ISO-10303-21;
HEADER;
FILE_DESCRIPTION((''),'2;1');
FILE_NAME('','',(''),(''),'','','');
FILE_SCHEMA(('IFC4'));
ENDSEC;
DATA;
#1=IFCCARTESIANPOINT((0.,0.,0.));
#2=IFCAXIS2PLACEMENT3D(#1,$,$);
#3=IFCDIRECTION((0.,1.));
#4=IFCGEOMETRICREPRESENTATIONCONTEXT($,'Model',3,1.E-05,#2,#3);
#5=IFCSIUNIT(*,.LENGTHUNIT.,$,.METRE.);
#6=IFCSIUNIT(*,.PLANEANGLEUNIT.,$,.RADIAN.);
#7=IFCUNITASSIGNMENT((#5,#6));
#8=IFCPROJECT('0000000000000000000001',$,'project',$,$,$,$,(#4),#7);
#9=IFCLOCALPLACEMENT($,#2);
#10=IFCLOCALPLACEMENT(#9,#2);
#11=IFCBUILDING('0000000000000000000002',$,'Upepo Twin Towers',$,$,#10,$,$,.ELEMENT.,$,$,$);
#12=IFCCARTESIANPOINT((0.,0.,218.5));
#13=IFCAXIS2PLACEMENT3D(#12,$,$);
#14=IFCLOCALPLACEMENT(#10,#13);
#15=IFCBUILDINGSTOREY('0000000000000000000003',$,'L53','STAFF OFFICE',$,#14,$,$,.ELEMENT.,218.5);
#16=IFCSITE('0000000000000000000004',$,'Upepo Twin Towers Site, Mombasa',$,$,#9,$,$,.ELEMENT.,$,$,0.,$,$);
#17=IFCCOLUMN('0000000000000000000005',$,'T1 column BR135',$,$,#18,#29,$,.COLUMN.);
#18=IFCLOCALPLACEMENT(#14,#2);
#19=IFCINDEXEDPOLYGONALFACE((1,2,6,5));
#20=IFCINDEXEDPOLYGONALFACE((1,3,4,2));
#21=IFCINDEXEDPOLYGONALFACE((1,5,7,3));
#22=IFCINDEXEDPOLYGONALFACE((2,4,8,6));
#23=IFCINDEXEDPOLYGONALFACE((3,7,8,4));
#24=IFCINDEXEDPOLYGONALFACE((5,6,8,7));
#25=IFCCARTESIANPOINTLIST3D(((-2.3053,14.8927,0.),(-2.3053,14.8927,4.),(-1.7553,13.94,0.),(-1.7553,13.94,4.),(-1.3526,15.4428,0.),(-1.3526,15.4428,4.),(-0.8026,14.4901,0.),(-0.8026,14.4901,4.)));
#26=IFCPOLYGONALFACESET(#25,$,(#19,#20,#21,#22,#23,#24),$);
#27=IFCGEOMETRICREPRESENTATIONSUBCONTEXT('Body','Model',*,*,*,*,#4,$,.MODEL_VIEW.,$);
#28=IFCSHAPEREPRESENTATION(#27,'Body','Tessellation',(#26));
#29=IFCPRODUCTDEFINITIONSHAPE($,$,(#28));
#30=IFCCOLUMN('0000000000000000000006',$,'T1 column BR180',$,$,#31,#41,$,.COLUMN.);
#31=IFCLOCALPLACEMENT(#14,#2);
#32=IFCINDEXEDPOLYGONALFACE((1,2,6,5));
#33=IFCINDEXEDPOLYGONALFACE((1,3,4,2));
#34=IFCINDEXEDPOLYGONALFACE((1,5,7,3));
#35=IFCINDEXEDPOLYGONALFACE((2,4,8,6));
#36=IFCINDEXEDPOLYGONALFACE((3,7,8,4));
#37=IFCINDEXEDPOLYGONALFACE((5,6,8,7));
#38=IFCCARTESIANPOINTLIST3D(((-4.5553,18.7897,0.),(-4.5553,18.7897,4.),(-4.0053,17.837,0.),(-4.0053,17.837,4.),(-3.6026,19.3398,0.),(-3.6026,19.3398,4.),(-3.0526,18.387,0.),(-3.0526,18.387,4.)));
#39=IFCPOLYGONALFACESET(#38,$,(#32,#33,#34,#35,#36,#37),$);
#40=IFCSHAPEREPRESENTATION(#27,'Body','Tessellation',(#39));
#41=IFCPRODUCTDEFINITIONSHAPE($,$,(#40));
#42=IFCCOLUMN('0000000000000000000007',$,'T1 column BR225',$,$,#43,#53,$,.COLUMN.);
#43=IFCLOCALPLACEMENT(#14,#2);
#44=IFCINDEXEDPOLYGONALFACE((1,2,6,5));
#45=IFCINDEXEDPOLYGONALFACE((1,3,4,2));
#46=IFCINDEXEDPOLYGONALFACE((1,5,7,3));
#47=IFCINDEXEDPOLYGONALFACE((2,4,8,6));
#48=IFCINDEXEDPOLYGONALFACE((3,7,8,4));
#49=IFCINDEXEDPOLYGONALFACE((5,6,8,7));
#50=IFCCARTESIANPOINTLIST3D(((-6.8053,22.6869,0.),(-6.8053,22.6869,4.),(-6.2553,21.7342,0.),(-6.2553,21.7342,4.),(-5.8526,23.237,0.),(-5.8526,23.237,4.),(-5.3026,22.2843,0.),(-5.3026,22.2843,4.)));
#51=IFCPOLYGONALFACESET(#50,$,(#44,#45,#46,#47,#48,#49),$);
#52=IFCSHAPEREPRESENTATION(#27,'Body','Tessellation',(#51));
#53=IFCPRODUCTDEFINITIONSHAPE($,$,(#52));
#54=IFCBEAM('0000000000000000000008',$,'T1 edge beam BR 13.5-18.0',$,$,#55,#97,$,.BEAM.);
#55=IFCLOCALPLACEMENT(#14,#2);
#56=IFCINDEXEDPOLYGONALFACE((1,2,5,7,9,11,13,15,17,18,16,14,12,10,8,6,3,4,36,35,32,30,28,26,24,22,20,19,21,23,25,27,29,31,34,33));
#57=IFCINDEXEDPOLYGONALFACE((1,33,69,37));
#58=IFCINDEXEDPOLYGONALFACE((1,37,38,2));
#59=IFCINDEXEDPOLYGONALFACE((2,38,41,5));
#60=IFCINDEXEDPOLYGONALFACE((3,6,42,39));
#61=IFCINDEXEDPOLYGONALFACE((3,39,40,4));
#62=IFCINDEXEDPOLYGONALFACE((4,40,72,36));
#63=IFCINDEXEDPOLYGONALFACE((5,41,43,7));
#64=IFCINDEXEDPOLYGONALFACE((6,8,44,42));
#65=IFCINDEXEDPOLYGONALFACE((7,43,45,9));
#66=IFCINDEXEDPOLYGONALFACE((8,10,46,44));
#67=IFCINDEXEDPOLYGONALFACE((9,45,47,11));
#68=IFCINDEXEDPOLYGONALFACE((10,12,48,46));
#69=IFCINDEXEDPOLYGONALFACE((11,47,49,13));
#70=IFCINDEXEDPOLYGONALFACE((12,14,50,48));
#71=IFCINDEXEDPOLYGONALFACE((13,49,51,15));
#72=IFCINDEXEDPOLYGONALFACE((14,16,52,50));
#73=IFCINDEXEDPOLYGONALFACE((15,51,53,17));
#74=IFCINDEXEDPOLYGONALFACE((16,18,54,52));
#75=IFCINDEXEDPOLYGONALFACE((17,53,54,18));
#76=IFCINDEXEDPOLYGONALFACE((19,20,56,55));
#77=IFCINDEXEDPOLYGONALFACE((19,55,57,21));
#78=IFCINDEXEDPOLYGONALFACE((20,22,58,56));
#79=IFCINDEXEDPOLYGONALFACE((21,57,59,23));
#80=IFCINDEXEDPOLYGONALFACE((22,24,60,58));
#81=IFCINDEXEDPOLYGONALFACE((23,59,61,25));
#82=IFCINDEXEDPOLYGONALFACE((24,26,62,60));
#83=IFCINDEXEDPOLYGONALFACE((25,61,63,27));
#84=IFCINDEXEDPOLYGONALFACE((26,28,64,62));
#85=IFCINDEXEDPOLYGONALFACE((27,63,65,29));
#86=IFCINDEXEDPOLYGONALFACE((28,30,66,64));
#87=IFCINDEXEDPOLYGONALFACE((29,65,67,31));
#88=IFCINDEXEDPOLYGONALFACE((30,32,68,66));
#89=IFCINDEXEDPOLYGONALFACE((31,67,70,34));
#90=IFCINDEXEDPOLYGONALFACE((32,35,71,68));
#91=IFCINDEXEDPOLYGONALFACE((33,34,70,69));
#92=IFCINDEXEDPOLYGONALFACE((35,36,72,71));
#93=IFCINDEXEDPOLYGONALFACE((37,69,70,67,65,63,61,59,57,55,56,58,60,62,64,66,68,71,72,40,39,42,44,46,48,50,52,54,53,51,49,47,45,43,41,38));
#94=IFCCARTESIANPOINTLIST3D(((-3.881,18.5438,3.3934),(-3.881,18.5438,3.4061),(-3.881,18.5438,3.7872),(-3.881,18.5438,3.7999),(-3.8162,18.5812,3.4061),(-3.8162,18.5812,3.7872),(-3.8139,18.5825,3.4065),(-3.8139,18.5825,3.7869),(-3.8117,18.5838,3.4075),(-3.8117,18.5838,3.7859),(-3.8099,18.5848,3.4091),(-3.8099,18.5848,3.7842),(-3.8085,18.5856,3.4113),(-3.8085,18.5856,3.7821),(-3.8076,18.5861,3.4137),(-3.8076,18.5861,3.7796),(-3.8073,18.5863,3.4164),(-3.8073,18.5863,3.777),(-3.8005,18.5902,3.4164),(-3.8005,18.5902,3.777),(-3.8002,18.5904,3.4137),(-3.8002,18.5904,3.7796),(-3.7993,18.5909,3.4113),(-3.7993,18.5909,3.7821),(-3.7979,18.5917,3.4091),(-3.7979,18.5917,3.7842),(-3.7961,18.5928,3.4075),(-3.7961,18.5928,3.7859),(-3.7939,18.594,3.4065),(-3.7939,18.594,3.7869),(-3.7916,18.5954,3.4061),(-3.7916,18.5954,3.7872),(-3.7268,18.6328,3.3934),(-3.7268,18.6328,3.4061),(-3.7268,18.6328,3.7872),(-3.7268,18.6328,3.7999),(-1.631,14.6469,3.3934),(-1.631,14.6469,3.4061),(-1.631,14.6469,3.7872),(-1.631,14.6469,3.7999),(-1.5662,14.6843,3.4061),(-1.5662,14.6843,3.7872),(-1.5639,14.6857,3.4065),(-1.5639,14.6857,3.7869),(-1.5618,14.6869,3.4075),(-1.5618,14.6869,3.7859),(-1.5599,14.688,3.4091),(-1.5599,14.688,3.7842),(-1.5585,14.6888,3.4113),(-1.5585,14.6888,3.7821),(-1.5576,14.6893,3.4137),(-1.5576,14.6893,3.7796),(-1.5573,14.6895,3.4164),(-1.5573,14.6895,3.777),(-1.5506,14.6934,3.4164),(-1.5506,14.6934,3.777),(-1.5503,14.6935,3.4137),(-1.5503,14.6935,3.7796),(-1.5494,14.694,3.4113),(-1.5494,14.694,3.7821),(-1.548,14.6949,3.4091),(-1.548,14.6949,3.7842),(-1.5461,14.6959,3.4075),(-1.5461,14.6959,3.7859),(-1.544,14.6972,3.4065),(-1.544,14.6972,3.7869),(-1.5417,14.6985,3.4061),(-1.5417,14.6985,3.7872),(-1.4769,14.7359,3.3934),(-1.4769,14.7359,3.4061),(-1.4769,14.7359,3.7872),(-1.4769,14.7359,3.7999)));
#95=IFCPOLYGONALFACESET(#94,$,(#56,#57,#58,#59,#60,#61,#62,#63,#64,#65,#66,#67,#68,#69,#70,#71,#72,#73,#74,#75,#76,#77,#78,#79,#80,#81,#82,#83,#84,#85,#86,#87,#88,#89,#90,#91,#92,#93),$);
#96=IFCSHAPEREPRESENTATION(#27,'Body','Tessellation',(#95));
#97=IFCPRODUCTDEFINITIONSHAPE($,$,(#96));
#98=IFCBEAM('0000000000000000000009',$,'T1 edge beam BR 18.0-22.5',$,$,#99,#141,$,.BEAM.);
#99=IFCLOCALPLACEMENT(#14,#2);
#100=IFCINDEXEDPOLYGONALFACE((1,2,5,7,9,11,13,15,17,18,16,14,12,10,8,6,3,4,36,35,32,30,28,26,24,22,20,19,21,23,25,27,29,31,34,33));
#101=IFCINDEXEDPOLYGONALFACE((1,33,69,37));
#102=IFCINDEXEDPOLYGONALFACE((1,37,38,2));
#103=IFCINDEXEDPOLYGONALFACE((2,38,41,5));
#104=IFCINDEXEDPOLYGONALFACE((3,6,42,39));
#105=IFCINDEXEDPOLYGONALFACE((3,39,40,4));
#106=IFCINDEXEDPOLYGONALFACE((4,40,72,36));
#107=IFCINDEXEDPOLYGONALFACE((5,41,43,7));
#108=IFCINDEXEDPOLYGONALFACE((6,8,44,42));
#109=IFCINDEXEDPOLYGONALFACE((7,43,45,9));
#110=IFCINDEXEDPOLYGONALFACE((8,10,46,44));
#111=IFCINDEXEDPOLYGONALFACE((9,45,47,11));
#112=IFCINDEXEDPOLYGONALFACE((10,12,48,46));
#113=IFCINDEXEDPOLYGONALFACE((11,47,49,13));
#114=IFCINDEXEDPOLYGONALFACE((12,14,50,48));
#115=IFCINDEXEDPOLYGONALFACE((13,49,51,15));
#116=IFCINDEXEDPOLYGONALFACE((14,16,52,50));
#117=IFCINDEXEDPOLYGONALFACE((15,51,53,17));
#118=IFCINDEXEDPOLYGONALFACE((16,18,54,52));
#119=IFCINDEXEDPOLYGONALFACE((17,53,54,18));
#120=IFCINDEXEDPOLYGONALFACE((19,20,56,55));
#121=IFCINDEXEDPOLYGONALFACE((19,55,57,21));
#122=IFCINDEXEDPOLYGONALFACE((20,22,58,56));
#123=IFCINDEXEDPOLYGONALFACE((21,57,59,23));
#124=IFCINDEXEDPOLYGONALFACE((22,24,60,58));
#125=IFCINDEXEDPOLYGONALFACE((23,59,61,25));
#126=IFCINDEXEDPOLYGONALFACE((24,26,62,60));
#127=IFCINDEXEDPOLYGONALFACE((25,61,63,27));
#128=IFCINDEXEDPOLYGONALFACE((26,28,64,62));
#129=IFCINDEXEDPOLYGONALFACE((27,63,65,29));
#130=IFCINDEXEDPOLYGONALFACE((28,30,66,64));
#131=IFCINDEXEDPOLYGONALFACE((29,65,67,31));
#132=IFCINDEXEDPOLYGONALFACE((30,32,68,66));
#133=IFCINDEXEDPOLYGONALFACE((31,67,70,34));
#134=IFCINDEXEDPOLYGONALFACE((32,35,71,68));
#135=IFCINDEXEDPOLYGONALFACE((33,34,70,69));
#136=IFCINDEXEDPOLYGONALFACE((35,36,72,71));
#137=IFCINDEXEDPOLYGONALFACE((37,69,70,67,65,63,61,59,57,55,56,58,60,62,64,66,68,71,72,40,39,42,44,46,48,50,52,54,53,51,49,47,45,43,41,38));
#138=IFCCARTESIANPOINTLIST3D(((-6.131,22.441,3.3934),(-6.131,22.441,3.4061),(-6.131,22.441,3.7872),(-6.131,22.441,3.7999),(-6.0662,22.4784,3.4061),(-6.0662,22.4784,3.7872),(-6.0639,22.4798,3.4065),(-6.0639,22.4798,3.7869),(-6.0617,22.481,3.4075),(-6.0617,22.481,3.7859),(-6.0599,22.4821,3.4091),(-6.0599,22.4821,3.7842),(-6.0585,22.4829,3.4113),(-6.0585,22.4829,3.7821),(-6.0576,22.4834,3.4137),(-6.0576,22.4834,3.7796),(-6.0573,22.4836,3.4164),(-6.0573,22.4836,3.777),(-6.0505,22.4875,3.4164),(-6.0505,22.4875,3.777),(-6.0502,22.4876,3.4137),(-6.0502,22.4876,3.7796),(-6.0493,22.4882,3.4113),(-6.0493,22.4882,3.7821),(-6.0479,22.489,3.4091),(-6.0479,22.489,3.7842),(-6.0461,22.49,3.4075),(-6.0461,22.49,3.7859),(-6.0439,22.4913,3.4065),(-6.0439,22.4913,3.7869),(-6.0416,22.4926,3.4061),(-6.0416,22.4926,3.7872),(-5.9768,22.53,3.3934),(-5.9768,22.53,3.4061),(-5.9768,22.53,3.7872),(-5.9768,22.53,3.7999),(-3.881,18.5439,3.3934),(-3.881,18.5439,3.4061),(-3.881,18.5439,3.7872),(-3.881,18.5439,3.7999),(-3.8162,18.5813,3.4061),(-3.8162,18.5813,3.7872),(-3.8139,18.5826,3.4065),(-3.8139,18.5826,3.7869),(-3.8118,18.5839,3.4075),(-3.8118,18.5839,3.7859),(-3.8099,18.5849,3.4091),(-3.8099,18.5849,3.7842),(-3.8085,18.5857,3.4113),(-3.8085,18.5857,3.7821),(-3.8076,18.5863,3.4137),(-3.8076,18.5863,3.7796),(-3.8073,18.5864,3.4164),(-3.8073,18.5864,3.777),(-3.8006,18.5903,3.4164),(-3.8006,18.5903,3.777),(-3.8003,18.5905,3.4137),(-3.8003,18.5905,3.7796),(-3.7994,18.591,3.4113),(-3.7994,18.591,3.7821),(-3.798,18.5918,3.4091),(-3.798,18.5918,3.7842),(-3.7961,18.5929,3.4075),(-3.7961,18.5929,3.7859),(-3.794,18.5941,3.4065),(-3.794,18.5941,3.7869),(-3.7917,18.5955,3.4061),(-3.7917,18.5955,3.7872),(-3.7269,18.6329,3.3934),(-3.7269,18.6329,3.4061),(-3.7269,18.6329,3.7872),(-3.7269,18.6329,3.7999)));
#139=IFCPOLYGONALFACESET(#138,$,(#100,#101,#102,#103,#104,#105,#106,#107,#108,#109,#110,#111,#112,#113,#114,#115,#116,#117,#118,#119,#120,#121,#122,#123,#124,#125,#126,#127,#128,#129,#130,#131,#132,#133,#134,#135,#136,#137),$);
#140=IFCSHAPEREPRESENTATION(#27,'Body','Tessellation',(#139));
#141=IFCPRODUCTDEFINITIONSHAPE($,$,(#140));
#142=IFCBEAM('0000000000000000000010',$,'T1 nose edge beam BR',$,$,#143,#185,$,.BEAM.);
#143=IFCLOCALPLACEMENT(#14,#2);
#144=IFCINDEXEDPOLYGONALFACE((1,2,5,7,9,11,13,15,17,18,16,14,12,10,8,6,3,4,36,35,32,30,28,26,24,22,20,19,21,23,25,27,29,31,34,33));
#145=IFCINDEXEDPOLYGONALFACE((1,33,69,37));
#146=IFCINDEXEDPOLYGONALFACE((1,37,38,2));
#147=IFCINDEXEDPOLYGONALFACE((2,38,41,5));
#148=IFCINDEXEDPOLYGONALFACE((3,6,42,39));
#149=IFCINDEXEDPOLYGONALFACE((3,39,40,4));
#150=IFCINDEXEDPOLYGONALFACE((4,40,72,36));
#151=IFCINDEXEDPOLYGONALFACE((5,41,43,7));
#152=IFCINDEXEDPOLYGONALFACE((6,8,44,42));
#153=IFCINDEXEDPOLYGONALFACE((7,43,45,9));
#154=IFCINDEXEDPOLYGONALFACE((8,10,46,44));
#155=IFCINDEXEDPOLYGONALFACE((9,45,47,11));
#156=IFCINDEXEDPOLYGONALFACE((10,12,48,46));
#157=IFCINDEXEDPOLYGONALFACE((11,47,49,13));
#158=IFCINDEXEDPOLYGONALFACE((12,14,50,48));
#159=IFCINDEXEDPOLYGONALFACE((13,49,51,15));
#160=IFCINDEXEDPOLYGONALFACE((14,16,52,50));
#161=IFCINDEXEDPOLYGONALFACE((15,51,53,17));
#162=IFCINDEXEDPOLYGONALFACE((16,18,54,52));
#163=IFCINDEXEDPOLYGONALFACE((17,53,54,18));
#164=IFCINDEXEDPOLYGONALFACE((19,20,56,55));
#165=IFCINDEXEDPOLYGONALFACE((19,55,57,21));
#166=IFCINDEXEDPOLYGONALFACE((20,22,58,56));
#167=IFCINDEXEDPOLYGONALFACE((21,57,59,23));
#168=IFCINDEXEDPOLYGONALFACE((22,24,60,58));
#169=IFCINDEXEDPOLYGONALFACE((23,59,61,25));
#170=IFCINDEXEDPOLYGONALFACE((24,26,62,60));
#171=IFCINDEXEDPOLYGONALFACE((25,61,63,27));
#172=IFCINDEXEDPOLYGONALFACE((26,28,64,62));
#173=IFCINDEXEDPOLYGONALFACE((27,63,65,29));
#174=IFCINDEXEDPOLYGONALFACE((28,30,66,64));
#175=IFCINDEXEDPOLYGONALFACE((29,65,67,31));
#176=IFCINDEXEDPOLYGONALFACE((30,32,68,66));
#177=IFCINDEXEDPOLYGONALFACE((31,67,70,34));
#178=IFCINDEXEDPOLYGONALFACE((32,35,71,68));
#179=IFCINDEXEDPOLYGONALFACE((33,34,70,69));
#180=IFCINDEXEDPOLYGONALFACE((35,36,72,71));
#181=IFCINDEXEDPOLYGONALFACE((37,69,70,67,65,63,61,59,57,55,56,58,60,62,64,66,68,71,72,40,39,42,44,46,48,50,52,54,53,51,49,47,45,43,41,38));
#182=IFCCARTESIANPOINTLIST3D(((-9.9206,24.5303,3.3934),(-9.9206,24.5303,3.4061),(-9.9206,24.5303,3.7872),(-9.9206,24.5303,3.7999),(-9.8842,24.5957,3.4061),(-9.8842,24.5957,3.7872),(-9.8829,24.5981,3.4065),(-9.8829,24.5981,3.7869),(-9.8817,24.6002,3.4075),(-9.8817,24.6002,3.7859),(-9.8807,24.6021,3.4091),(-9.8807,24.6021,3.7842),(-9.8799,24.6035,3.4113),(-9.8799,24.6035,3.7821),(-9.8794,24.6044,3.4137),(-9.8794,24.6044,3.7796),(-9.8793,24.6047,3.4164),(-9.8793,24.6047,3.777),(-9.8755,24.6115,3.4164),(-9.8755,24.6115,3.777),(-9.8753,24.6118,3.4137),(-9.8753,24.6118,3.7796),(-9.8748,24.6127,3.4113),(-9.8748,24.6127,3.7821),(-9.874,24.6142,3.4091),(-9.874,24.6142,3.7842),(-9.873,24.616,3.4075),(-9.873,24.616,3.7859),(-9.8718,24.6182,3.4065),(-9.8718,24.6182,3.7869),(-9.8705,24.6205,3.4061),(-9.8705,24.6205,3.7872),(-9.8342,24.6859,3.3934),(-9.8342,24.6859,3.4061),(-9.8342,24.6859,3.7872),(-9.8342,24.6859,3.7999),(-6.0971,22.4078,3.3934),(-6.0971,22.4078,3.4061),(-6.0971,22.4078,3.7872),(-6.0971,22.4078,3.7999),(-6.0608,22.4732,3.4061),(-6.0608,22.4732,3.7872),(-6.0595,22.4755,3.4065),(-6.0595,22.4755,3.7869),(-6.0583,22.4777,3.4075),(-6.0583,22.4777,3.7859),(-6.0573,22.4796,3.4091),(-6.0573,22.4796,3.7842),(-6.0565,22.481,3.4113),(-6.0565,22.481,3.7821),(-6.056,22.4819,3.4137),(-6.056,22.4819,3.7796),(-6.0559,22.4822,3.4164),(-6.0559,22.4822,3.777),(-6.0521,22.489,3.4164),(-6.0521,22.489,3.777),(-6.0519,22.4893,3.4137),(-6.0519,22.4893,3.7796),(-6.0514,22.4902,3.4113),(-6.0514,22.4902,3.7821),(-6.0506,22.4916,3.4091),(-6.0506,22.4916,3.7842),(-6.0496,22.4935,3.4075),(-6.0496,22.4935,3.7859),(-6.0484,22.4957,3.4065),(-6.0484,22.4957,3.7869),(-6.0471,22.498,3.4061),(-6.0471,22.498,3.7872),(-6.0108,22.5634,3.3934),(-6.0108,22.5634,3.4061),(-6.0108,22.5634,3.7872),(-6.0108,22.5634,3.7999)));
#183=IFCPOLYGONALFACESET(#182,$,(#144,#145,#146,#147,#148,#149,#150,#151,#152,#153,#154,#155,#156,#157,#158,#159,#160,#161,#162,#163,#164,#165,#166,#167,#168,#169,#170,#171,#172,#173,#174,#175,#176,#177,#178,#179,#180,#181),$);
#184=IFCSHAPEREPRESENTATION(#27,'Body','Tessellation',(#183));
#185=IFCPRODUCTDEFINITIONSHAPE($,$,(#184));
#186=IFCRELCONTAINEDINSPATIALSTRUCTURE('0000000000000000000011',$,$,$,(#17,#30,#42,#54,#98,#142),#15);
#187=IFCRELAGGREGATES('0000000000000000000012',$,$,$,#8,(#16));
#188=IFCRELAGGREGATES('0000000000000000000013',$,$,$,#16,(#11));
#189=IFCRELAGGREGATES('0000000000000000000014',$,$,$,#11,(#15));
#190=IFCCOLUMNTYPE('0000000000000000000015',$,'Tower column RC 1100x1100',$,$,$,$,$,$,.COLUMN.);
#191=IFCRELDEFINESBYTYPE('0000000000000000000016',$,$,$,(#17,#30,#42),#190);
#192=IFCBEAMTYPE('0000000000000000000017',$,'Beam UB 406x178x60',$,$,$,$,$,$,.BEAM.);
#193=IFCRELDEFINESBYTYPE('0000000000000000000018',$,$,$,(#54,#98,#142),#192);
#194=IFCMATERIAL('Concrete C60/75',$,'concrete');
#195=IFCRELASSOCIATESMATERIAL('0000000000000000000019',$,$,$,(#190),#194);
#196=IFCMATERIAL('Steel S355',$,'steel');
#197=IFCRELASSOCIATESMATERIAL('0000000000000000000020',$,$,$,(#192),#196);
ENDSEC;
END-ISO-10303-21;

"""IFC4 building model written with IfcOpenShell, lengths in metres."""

from ifc_helpers import new_model, si_unit, direction, frame, origin, origin_2d, place, context, subcontext, project, spatial, rectangle, i_section, extrude, material, material_profile, profile_set, type_object, element, save


model = new_model("IFC4")

# Units and contexts
model_context = context("Model", 3, precision=1e-05, world=origin(), true_north=direction((0.0, 1.0)))
body_context = subcontext(model_context, "Body", "Model", "MODEL_VIEW")
ifc_project = project(units=[si_unit("LENGTHUNIT", "METRE"), si_unit("PLANEANGLEUNIT", "RADIAN")], contexts=[model_context])

# Site, building, storey
site_placement = place(None, origin())
site = spatial("IfcSite", under=ifc_project, at=site_placement, Name="Upepo Twin Towers Site, Mombasa", CompositionType="ELEMENT", RefElevation=0.0)
building_placement = place(site_placement, origin())
building = spatial("IfcBuilding", under=site, at=building_placement, Name="Upepo Twin Towers", CompositionType="ELEMENT")
storey_placement = place(building_placement, frame((0.0, 0.0, 218.5)))
storey = spatial("IfcBuildingStorey", under=building, at=storey_placement, Name="L53", Description="STAFF OFFICE", CompositionType="ELEMENT", Elevation=218.5)

# Columns
ifc_material_1 = material(Name="Concrete C60/75", Category="concrete")
ifc_material_profile_1 = material_profile(ifc_material_1, rectangle(XDim=1.1001, YDim=1.1001, at=origin_2d()), Name="RC 1100x1100")
ifc_profile_set_1 = profile_set([ifc_material_profile_1], Name="Concrete C60/75")
column_type = type_object("IfcColumnType", Name="Tower column RC 1100x1100", PredefinedType="COLUMN", material=ifc_profile_set_1)
for number, where, z_axis, x_axis, name in (
    (1, (-1.554, 14.6914, 0.0), (0.0, 0.0, 1.0), (0.866025, 0.5, 0.0), "T1 column BR135"),
    (2, (-3.804, 18.5884, 0.0), (0.0, 0.0, 1.0), (0.866025, 0.5, 0.0), "T1 column BR180"),
    (3, (-6.054, 22.4856, 0.0), (0.0, 0.0, 1.0), (0.866025, 0.5, 0.0), "T1 column BR225"),
):
    element("IfcColumn", number, at=place(storey_placement, frame(where, z_axis=z_axis, x_axis=x_axis)), inside=storey, type_object=column_type, Name=name, PredefinedType="COLUMN", context=body_context, shape_type="SweptSolid", body=[
        extrude(rectangle(XDim=1.1001, YDim=1.1001, at=origin_2d()), origin(), (0.0, 0.0, 1.0), 4.0),
    ])

# Beams
ifc_material_2 = material(Name="Steel S355", Category="steel")
ifc_material_profile_2 = material_profile(ifc_material_2, i_section(OverallWidth=0.178, OverallDepth=0.4065, WebThickness=0.0078, FlangeThickness=0.0127, FilletRadius=0.0103, at=origin_2d()), Name="UB 406x178x60")
ifc_profile_set_2 = profile_set([ifc_material_profile_2], Name="Steel S355")
beam_type_1 = type_object("IfcBeamType", Name="Beam UB 406x178x60", PredefinedType="BEAM", material=ifc_profile_set_2)
beam_1_placement = place(storey_placement, frame((-1.554, 14.6914, 3.5967), z_axis=(-0.500014, 0.866018, 0.0), x_axis=(-0.866018, -0.500014, 0.0)))
element("IfcBeam", 4, at=beam_1_placement, inside=storey, type_object=beam_type_1, Name="T1 edge beam BR 13.5-18.0", PredefinedType="BEAM", context=body_context, shape_type="SweptSolid", body=[
    extrude(i_section(OverallWidth=0.178, OverallDepth=0.4065, WebThickness=0.0078, FlangeThickness=0.0127, FilletRadius=0.0103, at=origin_2d()), origin(), (0.0, 0.0, 1.0), 4.4998),
])
beam_2_placement = place(storey_placement, frame((-3.804, 18.5884, 3.5967), z_axis=(-0.49999, 0.866031, 0.0), x_axis=(-0.866031, -0.49999, 0.0)))
element("IfcBeam", 5, at=beam_2_placement, inside=storey, type_object=beam_type_1, Name="T1 edge beam BR 18.0-22.5", PredefinedType="BEAM", context=body_context, shape_type="SweptSolid", body=[
    extrude(i_section(OverallWidth=0.178, OverallDepth=0.4065, WebThickness=0.0078, FlangeThickness=0.0127, FilletRadius=0.0103, at=origin_2d()), origin(), (0.0, 0.0, 1.0), 4.5),
])
beam_3_placement = place(storey_placement, frame((-6.054, 22.4856, 3.5967), z_axis=(-0.874313, 0.485363, 0.0), x_axis=(-0.485363, -0.874313, 0.0)))
element("IfcBeam", 6, at=beam_3_placement, inside=storey, type_object=beam_type_1, Name="T1 nose edge beam BR", PredefinedType="BEAM", context=body_context, shape_type="SweptSolid", body=[
    extrude(i_section(OverallWidth=0.178, OverallDepth=0.4065, WebThickness=0.0078, FlangeThickness=0.0127, FilletRadius=0.0103, at=origin_2d()), origin(), (0.0, 0.0, 1.0), 4.373),
])

save(model, "model.ifc")
